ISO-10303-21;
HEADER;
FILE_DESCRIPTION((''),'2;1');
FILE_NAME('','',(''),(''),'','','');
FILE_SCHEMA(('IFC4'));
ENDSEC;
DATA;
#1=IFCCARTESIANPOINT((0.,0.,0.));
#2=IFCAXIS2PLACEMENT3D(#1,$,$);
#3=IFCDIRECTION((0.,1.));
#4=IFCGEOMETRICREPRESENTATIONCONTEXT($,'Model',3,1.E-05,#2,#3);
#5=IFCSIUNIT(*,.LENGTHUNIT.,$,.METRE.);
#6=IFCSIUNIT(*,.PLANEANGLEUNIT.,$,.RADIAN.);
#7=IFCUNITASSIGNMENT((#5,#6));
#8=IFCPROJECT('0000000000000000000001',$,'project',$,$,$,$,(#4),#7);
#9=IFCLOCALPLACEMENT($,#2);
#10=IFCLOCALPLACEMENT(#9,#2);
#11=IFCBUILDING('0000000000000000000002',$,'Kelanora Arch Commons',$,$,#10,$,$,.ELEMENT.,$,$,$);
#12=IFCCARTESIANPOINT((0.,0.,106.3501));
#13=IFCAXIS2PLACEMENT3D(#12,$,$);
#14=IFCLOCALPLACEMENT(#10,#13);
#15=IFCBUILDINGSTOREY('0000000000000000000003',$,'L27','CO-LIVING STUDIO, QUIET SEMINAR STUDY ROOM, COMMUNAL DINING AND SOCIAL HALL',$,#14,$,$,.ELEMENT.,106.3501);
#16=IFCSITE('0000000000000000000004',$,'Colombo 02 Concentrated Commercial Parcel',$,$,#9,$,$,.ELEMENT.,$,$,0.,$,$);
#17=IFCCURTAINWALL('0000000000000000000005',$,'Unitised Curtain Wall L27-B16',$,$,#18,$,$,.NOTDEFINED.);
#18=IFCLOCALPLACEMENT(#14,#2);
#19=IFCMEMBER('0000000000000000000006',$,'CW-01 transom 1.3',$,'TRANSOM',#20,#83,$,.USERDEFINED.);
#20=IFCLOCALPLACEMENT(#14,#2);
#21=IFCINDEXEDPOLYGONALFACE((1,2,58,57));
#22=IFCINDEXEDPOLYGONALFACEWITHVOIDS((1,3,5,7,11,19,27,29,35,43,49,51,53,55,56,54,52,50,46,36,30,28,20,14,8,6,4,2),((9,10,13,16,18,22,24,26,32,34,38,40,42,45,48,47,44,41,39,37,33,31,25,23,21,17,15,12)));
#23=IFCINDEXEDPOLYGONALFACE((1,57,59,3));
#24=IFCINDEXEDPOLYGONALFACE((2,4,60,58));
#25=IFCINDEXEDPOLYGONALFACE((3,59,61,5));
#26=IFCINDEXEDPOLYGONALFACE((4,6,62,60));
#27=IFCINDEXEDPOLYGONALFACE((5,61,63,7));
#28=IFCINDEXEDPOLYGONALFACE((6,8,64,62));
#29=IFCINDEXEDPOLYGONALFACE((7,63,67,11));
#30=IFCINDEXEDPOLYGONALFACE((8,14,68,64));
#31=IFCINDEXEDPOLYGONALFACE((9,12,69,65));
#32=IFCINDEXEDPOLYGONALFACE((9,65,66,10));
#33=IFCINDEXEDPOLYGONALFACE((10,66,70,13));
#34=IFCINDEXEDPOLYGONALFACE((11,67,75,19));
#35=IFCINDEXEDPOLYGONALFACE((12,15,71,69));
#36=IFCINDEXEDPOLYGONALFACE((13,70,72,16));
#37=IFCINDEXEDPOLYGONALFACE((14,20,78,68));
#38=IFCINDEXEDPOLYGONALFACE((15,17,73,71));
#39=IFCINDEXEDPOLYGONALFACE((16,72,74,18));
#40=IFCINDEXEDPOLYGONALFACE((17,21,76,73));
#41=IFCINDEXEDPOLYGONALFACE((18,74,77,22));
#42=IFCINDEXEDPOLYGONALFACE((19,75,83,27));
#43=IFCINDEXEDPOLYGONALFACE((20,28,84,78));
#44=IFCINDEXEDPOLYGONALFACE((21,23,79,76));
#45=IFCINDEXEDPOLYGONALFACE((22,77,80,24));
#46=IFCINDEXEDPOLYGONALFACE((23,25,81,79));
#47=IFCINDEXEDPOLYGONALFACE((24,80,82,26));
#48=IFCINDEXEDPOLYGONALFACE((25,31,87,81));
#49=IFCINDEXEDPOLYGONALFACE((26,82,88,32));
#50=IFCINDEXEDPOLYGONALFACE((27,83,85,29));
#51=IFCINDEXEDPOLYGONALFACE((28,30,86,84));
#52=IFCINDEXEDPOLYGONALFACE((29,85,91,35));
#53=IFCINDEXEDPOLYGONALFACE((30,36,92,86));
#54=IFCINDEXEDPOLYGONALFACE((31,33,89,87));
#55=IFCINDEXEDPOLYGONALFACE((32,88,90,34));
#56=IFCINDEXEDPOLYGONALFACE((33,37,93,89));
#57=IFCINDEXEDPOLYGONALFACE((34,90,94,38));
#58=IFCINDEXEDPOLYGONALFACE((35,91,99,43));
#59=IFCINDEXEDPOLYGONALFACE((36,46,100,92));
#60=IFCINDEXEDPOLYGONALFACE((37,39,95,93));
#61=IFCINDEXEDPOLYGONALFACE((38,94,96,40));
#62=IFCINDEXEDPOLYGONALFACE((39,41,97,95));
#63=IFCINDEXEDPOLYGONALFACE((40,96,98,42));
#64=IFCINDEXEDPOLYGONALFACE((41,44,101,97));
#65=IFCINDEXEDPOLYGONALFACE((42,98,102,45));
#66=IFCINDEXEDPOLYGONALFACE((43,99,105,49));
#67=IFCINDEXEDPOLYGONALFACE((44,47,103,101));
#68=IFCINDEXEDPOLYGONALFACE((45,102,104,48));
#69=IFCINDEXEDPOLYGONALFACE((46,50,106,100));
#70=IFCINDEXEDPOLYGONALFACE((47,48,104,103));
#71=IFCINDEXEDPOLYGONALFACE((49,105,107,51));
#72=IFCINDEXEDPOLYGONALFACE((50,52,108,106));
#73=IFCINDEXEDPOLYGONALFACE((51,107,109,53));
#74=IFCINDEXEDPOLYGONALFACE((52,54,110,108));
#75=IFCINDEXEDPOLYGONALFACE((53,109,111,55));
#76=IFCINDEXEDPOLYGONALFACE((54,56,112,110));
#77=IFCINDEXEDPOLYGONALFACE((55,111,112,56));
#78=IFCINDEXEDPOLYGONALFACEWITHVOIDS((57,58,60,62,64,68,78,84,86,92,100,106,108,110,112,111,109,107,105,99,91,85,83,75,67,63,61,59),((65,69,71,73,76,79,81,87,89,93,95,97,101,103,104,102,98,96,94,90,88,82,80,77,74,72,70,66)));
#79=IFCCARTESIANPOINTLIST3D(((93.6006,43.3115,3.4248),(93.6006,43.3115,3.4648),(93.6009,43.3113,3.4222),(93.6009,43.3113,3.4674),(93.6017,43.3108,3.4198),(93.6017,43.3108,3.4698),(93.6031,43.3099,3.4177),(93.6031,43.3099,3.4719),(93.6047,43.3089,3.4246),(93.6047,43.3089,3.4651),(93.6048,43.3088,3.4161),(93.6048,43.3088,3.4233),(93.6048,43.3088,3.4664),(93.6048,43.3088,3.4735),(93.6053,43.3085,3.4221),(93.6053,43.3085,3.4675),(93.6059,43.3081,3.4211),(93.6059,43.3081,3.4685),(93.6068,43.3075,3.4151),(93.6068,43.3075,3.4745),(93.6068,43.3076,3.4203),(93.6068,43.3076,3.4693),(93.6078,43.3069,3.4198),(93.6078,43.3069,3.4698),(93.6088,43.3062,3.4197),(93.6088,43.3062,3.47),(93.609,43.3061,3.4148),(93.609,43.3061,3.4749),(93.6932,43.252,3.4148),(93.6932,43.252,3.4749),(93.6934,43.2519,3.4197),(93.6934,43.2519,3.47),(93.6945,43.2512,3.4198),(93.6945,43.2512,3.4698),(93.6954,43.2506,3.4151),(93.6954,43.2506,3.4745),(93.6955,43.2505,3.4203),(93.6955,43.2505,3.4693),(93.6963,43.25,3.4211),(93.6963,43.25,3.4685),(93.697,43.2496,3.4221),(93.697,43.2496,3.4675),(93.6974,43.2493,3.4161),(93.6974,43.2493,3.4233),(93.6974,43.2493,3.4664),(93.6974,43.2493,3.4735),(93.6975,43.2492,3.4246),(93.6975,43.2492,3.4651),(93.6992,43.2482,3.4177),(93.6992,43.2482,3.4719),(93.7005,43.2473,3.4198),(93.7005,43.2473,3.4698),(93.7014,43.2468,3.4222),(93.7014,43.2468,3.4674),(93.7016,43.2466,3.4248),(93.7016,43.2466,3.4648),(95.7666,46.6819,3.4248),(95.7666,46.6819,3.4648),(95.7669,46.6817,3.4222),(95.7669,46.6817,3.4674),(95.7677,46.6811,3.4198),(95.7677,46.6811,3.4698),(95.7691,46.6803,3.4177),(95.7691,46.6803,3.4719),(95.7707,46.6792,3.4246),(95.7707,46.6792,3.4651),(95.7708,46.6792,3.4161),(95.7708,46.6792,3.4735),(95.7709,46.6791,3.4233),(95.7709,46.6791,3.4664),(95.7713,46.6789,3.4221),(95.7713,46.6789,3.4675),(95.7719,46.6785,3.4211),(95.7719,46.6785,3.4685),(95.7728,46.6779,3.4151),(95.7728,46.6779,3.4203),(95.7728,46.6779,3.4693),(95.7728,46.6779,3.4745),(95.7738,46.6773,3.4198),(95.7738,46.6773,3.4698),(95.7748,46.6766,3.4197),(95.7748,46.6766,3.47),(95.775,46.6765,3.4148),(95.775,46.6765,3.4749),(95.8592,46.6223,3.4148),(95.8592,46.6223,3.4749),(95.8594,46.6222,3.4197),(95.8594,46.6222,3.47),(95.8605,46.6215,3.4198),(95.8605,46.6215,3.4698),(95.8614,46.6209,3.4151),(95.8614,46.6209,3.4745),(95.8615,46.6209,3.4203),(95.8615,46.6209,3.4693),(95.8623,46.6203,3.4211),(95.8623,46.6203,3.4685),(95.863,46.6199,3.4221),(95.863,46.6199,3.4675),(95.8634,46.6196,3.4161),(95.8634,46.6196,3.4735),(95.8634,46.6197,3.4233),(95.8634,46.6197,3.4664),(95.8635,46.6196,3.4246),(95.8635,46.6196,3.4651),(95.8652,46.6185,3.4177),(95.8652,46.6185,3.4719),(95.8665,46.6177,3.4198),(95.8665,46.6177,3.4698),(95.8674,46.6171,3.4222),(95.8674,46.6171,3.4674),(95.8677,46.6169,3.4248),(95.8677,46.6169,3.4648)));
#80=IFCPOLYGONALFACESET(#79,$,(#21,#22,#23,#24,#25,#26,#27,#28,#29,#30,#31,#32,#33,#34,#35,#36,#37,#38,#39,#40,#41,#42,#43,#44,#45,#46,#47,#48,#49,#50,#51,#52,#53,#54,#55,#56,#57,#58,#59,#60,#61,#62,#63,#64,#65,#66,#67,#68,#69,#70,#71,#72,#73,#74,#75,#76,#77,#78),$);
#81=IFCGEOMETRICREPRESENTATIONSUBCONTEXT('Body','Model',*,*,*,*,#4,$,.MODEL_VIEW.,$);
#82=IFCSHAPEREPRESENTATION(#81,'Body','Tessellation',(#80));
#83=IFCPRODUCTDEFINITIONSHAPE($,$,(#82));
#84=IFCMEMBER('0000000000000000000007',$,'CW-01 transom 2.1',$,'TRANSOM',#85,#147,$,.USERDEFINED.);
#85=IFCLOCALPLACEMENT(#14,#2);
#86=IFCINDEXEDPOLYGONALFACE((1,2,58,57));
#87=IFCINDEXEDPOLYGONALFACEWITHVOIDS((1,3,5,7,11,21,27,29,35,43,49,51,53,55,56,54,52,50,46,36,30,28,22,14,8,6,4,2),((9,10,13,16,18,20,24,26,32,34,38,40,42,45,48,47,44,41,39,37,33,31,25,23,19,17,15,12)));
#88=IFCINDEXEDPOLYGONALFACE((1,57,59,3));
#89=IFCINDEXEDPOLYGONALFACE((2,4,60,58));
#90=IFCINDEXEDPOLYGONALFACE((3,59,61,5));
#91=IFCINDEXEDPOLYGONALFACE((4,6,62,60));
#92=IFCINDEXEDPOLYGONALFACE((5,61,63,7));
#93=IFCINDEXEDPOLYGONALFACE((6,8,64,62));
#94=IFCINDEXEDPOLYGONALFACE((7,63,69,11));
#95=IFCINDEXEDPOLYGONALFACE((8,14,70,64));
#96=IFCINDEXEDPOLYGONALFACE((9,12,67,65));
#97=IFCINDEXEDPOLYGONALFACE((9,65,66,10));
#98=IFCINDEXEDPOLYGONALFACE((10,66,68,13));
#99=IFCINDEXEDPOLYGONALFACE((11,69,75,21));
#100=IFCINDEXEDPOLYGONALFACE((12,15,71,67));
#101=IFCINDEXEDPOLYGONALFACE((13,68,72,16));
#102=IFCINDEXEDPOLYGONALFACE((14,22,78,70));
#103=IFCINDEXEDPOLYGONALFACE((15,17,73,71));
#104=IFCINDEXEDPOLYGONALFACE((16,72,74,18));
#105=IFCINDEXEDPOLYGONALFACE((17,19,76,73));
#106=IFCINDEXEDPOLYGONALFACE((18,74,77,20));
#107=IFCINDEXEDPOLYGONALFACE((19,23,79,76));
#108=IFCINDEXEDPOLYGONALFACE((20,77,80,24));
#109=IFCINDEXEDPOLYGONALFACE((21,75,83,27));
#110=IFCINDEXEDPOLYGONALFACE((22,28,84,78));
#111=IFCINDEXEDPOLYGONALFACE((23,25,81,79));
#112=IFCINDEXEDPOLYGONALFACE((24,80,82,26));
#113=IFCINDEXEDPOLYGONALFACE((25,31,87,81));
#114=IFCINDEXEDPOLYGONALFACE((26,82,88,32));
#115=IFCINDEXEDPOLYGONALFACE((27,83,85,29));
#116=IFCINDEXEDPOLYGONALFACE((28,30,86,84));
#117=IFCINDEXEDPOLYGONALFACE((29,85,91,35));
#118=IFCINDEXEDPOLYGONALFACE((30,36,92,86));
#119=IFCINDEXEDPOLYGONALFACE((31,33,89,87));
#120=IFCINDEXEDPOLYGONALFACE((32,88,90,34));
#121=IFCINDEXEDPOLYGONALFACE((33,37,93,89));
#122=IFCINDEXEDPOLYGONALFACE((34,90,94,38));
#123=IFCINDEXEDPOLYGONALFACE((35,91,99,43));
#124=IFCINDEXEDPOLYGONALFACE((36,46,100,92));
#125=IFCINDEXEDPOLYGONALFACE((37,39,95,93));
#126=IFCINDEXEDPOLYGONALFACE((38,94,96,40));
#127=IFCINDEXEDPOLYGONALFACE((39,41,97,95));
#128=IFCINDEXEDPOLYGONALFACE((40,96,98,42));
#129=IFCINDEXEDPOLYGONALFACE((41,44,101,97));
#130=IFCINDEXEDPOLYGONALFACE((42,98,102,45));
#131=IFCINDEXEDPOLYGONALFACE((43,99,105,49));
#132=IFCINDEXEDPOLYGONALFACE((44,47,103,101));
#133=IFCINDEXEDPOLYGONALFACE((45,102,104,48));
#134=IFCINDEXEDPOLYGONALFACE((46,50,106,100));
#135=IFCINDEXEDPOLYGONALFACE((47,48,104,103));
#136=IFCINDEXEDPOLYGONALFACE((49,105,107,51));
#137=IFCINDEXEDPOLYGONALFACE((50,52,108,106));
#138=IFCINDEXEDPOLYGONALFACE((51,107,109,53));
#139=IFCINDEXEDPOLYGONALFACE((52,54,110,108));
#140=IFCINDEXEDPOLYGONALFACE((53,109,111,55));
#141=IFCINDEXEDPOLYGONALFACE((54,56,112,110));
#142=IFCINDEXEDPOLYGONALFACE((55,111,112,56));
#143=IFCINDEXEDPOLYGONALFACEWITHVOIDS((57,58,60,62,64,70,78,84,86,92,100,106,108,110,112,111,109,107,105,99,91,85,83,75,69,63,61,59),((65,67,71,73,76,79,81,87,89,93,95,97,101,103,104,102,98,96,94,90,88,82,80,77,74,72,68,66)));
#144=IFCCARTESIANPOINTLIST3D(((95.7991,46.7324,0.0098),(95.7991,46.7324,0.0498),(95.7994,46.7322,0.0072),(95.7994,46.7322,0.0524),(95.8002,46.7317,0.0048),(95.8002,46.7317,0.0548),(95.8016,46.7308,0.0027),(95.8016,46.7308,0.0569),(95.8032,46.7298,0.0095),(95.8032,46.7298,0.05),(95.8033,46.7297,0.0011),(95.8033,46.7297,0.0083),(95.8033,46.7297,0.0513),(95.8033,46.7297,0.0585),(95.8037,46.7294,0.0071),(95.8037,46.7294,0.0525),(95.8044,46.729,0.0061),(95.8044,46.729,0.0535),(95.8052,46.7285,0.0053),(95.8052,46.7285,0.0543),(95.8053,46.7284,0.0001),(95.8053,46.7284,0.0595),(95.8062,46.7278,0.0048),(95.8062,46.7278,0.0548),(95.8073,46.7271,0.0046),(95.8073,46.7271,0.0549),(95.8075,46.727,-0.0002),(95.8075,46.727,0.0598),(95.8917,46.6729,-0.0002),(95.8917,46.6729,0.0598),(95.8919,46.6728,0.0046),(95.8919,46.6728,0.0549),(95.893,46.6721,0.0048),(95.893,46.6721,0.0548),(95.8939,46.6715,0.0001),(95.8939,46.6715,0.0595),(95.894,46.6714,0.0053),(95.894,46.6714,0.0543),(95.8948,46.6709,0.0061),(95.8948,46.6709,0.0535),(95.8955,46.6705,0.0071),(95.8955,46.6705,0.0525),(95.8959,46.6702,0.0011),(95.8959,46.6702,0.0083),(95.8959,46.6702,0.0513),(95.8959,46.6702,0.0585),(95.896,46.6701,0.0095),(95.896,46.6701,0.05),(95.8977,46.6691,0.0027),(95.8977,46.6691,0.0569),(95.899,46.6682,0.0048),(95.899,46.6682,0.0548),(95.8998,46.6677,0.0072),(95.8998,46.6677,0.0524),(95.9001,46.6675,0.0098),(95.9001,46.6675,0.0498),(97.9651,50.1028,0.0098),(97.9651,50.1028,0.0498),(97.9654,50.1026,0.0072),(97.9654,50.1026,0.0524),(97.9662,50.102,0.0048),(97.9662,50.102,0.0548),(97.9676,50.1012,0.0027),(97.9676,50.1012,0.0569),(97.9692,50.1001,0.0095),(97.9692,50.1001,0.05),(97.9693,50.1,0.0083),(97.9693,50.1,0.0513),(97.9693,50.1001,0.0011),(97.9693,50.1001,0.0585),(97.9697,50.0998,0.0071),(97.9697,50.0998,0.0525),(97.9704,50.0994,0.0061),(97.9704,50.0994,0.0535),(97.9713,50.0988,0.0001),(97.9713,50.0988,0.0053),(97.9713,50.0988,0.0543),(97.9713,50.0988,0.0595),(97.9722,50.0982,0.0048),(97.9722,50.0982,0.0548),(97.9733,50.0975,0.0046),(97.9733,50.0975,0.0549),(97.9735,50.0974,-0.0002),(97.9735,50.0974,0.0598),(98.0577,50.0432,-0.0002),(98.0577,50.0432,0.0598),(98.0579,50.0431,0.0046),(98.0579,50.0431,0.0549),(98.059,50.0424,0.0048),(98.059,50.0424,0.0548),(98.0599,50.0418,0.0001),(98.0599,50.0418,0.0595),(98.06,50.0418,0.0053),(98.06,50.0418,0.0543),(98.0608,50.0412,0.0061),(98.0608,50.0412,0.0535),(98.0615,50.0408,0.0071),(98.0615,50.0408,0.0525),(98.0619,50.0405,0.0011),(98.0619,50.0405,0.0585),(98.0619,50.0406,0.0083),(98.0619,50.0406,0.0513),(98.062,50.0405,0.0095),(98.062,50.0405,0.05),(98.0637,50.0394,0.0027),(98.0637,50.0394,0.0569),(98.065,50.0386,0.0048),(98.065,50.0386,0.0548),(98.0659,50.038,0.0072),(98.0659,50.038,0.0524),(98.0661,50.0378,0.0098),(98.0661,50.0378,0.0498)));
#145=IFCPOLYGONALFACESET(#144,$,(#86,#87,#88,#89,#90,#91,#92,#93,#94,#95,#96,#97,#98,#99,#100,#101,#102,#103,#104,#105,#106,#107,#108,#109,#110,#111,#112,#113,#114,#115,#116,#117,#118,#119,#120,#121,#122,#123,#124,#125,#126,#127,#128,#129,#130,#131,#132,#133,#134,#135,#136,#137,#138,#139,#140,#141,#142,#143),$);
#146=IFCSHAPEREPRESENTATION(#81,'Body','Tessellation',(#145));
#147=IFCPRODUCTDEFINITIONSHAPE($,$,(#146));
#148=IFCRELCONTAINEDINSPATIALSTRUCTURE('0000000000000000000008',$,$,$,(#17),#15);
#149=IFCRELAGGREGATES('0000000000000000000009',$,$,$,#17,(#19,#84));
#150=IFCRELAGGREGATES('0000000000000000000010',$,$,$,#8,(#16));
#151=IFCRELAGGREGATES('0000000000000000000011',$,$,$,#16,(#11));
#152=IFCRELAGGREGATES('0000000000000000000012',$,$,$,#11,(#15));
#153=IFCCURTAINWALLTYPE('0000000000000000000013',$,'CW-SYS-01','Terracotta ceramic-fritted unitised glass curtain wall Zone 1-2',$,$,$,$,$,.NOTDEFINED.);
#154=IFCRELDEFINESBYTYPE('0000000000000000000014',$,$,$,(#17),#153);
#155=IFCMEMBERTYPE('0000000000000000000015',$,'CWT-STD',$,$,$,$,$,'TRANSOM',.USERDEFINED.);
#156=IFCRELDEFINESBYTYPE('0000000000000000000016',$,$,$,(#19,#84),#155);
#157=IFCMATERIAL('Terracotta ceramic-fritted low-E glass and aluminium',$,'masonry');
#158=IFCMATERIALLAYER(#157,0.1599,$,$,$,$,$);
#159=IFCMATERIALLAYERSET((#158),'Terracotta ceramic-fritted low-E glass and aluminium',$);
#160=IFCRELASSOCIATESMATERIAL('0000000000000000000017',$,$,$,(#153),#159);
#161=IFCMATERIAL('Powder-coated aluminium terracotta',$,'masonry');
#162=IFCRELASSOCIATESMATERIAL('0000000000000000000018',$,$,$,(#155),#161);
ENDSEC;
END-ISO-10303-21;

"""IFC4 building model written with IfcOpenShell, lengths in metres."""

from ifc_helpers import new_model, si_unit, direction, frame, origin, origin_2d, place, context, subcontext, project, spatial, hollow_rectangle, extrude, material, layer, layer_set, material_profile, profile_set, type_object, element, aggregate, save


model = new_model("IFC4")

# Units and contexts
model_context = context("Model", 3, precision=1e-05, world=origin(), true_north=direction((0.0, 1.0)))
body_context = subcontext(model_context, "Body", "Model", "MODEL_VIEW")
ifc_project = project(units=[si_unit("LENGTHUNIT", "METRE"), si_unit("PLANEANGLEUNIT", "RADIAN")], contexts=[model_context])

# Site, building, storey
site_placement = place(None, origin())
site = spatial("IfcSite", under=ifc_project, at=site_placement, Name="Colombo 02 Concentrated Commercial Parcel", CompositionType="ELEMENT", RefElevation=0.0)
building_placement = place(site_placement, origin())
building = spatial("IfcBuilding", under=site, at=building_placement, Name="Kelanora Arch Commons", CompositionType="ELEMENT")
storey_placement = place(building_placement, frame((0.0, 0.0, 106.3501)))
storey = spatial("IfcBuildingStorey", under=building, at=storey_placement, Name="L27", Description="CO-LIVING STUDIO, QUIET SEMINAR STUDY ROOM, COMMUNAL DINING AND SOCIAL HALL", CompositionType="ELEMENT", Elevation=106.3501)

# Shared definitions
ifc_material_1 = material(Name="Terracotta ceramic-fritted low-E glass and aluminium", Category="masonry")
ifc_layer_1 = layer(ifc_material_1, 0.1599)
ifc_layer_set_1 = layer_set([ifc_layer_1], Name="Terracotta ceramic-fritted low-E glass and aluminium")
curtain_wall_type = type_object("IfcCurtainWallType", Name="CW-SYS-01", Description="Terracotta ceramic-fritted unitised glass curtain wall Zone 1-2", PredefinedType="NOTDEFINED", material=ifc_layer_set_1)
ifc_material_2 = material(Name="Powder-coated aluminium terracotta", Category="masonry")

# Curtain wall, members
curtain_wall_1_placement = place(storey_placement, origin())
curtain_wall_1 = element("IfcCurtainWall", 1, at=curtain_wall_1_placement, inside=storey, type_object=curtain_wall_type, Name="Unitised Curtain Wall L27-B16", PredefinedType="NOTDEFINED")
ifc_material_profile_1 = material_profile(ifc_material_2, hollow_rectangle(XDim=0.1201, YDim=0.0601, WallThickness=0.0049, InnerFilletRadius=0.0049, OuterFilletRadius=0.01, at=origin_2d()), Name="CWT120x60")
ifc_profile_set_1 = profile_set([ifc_material_profile_1], Name="Powder-coated aluminium terracotta")
member_type_1 = type_object("IfcMemberType", Name="CWT-STD", ElementType="TRANSOM", PredefinedType="USERDEFINED", material=ifc_profile_set_1)
member_1_placement = place(storey_placement, frame((93.6511, 43.2791, 3.4448), z_axis=(0.540644, 0.841252, 0.0), x_axis=(-0.841252, 0.540644, 0.0)))
member_1 = element("IfcMember", 2, at=member_1_placement, type_object=member_type_1, Name="CW-01 transom 1.3", ObjectType="TRANSOM", PredefinedType="USERDEFINED", context=body_context, shape_type="SweptSolid", body=[
    extrude(hollow_rectangle(XDim=0.1201, YDim=0.0601, WallThickness=0.0049, InnerFilletRadius=0.0049, OuterFilletRadius=0.01, at=origin_2d()), origin(), (0.0, 0.0, 1.0), 4.0063),
])
member_2_placement = place(storey_placement, frame((95.8496, 46.7, 0.0298), z_axis=(0.540644, 0.841252, 0.0), x_axis=(-0.841252, 0.540644, 0.0)))
member_2 = element("IfcMember", 3, at=member_2_placement, type_object=member_type_1, Name="CW-01 transom 2.1", ObjectType="TRANSOM", PredefinedType="USERDEFINED", context=body_context, shape_type="SweptSolid", body=[
    extrude(hollow_rectangle(XDim=0.1201, YDim=0.0601, WallThickness=0.0049, InnerFilletRadius=0.0049, OuterFilletRadius=0.01, at=origin_2d()), origin(), (0.0, 0.0, 1.0), 4.0063),
])
aggregate(curtain_wall_1, [member_1, member_2])

save(model, "model.ifc")
